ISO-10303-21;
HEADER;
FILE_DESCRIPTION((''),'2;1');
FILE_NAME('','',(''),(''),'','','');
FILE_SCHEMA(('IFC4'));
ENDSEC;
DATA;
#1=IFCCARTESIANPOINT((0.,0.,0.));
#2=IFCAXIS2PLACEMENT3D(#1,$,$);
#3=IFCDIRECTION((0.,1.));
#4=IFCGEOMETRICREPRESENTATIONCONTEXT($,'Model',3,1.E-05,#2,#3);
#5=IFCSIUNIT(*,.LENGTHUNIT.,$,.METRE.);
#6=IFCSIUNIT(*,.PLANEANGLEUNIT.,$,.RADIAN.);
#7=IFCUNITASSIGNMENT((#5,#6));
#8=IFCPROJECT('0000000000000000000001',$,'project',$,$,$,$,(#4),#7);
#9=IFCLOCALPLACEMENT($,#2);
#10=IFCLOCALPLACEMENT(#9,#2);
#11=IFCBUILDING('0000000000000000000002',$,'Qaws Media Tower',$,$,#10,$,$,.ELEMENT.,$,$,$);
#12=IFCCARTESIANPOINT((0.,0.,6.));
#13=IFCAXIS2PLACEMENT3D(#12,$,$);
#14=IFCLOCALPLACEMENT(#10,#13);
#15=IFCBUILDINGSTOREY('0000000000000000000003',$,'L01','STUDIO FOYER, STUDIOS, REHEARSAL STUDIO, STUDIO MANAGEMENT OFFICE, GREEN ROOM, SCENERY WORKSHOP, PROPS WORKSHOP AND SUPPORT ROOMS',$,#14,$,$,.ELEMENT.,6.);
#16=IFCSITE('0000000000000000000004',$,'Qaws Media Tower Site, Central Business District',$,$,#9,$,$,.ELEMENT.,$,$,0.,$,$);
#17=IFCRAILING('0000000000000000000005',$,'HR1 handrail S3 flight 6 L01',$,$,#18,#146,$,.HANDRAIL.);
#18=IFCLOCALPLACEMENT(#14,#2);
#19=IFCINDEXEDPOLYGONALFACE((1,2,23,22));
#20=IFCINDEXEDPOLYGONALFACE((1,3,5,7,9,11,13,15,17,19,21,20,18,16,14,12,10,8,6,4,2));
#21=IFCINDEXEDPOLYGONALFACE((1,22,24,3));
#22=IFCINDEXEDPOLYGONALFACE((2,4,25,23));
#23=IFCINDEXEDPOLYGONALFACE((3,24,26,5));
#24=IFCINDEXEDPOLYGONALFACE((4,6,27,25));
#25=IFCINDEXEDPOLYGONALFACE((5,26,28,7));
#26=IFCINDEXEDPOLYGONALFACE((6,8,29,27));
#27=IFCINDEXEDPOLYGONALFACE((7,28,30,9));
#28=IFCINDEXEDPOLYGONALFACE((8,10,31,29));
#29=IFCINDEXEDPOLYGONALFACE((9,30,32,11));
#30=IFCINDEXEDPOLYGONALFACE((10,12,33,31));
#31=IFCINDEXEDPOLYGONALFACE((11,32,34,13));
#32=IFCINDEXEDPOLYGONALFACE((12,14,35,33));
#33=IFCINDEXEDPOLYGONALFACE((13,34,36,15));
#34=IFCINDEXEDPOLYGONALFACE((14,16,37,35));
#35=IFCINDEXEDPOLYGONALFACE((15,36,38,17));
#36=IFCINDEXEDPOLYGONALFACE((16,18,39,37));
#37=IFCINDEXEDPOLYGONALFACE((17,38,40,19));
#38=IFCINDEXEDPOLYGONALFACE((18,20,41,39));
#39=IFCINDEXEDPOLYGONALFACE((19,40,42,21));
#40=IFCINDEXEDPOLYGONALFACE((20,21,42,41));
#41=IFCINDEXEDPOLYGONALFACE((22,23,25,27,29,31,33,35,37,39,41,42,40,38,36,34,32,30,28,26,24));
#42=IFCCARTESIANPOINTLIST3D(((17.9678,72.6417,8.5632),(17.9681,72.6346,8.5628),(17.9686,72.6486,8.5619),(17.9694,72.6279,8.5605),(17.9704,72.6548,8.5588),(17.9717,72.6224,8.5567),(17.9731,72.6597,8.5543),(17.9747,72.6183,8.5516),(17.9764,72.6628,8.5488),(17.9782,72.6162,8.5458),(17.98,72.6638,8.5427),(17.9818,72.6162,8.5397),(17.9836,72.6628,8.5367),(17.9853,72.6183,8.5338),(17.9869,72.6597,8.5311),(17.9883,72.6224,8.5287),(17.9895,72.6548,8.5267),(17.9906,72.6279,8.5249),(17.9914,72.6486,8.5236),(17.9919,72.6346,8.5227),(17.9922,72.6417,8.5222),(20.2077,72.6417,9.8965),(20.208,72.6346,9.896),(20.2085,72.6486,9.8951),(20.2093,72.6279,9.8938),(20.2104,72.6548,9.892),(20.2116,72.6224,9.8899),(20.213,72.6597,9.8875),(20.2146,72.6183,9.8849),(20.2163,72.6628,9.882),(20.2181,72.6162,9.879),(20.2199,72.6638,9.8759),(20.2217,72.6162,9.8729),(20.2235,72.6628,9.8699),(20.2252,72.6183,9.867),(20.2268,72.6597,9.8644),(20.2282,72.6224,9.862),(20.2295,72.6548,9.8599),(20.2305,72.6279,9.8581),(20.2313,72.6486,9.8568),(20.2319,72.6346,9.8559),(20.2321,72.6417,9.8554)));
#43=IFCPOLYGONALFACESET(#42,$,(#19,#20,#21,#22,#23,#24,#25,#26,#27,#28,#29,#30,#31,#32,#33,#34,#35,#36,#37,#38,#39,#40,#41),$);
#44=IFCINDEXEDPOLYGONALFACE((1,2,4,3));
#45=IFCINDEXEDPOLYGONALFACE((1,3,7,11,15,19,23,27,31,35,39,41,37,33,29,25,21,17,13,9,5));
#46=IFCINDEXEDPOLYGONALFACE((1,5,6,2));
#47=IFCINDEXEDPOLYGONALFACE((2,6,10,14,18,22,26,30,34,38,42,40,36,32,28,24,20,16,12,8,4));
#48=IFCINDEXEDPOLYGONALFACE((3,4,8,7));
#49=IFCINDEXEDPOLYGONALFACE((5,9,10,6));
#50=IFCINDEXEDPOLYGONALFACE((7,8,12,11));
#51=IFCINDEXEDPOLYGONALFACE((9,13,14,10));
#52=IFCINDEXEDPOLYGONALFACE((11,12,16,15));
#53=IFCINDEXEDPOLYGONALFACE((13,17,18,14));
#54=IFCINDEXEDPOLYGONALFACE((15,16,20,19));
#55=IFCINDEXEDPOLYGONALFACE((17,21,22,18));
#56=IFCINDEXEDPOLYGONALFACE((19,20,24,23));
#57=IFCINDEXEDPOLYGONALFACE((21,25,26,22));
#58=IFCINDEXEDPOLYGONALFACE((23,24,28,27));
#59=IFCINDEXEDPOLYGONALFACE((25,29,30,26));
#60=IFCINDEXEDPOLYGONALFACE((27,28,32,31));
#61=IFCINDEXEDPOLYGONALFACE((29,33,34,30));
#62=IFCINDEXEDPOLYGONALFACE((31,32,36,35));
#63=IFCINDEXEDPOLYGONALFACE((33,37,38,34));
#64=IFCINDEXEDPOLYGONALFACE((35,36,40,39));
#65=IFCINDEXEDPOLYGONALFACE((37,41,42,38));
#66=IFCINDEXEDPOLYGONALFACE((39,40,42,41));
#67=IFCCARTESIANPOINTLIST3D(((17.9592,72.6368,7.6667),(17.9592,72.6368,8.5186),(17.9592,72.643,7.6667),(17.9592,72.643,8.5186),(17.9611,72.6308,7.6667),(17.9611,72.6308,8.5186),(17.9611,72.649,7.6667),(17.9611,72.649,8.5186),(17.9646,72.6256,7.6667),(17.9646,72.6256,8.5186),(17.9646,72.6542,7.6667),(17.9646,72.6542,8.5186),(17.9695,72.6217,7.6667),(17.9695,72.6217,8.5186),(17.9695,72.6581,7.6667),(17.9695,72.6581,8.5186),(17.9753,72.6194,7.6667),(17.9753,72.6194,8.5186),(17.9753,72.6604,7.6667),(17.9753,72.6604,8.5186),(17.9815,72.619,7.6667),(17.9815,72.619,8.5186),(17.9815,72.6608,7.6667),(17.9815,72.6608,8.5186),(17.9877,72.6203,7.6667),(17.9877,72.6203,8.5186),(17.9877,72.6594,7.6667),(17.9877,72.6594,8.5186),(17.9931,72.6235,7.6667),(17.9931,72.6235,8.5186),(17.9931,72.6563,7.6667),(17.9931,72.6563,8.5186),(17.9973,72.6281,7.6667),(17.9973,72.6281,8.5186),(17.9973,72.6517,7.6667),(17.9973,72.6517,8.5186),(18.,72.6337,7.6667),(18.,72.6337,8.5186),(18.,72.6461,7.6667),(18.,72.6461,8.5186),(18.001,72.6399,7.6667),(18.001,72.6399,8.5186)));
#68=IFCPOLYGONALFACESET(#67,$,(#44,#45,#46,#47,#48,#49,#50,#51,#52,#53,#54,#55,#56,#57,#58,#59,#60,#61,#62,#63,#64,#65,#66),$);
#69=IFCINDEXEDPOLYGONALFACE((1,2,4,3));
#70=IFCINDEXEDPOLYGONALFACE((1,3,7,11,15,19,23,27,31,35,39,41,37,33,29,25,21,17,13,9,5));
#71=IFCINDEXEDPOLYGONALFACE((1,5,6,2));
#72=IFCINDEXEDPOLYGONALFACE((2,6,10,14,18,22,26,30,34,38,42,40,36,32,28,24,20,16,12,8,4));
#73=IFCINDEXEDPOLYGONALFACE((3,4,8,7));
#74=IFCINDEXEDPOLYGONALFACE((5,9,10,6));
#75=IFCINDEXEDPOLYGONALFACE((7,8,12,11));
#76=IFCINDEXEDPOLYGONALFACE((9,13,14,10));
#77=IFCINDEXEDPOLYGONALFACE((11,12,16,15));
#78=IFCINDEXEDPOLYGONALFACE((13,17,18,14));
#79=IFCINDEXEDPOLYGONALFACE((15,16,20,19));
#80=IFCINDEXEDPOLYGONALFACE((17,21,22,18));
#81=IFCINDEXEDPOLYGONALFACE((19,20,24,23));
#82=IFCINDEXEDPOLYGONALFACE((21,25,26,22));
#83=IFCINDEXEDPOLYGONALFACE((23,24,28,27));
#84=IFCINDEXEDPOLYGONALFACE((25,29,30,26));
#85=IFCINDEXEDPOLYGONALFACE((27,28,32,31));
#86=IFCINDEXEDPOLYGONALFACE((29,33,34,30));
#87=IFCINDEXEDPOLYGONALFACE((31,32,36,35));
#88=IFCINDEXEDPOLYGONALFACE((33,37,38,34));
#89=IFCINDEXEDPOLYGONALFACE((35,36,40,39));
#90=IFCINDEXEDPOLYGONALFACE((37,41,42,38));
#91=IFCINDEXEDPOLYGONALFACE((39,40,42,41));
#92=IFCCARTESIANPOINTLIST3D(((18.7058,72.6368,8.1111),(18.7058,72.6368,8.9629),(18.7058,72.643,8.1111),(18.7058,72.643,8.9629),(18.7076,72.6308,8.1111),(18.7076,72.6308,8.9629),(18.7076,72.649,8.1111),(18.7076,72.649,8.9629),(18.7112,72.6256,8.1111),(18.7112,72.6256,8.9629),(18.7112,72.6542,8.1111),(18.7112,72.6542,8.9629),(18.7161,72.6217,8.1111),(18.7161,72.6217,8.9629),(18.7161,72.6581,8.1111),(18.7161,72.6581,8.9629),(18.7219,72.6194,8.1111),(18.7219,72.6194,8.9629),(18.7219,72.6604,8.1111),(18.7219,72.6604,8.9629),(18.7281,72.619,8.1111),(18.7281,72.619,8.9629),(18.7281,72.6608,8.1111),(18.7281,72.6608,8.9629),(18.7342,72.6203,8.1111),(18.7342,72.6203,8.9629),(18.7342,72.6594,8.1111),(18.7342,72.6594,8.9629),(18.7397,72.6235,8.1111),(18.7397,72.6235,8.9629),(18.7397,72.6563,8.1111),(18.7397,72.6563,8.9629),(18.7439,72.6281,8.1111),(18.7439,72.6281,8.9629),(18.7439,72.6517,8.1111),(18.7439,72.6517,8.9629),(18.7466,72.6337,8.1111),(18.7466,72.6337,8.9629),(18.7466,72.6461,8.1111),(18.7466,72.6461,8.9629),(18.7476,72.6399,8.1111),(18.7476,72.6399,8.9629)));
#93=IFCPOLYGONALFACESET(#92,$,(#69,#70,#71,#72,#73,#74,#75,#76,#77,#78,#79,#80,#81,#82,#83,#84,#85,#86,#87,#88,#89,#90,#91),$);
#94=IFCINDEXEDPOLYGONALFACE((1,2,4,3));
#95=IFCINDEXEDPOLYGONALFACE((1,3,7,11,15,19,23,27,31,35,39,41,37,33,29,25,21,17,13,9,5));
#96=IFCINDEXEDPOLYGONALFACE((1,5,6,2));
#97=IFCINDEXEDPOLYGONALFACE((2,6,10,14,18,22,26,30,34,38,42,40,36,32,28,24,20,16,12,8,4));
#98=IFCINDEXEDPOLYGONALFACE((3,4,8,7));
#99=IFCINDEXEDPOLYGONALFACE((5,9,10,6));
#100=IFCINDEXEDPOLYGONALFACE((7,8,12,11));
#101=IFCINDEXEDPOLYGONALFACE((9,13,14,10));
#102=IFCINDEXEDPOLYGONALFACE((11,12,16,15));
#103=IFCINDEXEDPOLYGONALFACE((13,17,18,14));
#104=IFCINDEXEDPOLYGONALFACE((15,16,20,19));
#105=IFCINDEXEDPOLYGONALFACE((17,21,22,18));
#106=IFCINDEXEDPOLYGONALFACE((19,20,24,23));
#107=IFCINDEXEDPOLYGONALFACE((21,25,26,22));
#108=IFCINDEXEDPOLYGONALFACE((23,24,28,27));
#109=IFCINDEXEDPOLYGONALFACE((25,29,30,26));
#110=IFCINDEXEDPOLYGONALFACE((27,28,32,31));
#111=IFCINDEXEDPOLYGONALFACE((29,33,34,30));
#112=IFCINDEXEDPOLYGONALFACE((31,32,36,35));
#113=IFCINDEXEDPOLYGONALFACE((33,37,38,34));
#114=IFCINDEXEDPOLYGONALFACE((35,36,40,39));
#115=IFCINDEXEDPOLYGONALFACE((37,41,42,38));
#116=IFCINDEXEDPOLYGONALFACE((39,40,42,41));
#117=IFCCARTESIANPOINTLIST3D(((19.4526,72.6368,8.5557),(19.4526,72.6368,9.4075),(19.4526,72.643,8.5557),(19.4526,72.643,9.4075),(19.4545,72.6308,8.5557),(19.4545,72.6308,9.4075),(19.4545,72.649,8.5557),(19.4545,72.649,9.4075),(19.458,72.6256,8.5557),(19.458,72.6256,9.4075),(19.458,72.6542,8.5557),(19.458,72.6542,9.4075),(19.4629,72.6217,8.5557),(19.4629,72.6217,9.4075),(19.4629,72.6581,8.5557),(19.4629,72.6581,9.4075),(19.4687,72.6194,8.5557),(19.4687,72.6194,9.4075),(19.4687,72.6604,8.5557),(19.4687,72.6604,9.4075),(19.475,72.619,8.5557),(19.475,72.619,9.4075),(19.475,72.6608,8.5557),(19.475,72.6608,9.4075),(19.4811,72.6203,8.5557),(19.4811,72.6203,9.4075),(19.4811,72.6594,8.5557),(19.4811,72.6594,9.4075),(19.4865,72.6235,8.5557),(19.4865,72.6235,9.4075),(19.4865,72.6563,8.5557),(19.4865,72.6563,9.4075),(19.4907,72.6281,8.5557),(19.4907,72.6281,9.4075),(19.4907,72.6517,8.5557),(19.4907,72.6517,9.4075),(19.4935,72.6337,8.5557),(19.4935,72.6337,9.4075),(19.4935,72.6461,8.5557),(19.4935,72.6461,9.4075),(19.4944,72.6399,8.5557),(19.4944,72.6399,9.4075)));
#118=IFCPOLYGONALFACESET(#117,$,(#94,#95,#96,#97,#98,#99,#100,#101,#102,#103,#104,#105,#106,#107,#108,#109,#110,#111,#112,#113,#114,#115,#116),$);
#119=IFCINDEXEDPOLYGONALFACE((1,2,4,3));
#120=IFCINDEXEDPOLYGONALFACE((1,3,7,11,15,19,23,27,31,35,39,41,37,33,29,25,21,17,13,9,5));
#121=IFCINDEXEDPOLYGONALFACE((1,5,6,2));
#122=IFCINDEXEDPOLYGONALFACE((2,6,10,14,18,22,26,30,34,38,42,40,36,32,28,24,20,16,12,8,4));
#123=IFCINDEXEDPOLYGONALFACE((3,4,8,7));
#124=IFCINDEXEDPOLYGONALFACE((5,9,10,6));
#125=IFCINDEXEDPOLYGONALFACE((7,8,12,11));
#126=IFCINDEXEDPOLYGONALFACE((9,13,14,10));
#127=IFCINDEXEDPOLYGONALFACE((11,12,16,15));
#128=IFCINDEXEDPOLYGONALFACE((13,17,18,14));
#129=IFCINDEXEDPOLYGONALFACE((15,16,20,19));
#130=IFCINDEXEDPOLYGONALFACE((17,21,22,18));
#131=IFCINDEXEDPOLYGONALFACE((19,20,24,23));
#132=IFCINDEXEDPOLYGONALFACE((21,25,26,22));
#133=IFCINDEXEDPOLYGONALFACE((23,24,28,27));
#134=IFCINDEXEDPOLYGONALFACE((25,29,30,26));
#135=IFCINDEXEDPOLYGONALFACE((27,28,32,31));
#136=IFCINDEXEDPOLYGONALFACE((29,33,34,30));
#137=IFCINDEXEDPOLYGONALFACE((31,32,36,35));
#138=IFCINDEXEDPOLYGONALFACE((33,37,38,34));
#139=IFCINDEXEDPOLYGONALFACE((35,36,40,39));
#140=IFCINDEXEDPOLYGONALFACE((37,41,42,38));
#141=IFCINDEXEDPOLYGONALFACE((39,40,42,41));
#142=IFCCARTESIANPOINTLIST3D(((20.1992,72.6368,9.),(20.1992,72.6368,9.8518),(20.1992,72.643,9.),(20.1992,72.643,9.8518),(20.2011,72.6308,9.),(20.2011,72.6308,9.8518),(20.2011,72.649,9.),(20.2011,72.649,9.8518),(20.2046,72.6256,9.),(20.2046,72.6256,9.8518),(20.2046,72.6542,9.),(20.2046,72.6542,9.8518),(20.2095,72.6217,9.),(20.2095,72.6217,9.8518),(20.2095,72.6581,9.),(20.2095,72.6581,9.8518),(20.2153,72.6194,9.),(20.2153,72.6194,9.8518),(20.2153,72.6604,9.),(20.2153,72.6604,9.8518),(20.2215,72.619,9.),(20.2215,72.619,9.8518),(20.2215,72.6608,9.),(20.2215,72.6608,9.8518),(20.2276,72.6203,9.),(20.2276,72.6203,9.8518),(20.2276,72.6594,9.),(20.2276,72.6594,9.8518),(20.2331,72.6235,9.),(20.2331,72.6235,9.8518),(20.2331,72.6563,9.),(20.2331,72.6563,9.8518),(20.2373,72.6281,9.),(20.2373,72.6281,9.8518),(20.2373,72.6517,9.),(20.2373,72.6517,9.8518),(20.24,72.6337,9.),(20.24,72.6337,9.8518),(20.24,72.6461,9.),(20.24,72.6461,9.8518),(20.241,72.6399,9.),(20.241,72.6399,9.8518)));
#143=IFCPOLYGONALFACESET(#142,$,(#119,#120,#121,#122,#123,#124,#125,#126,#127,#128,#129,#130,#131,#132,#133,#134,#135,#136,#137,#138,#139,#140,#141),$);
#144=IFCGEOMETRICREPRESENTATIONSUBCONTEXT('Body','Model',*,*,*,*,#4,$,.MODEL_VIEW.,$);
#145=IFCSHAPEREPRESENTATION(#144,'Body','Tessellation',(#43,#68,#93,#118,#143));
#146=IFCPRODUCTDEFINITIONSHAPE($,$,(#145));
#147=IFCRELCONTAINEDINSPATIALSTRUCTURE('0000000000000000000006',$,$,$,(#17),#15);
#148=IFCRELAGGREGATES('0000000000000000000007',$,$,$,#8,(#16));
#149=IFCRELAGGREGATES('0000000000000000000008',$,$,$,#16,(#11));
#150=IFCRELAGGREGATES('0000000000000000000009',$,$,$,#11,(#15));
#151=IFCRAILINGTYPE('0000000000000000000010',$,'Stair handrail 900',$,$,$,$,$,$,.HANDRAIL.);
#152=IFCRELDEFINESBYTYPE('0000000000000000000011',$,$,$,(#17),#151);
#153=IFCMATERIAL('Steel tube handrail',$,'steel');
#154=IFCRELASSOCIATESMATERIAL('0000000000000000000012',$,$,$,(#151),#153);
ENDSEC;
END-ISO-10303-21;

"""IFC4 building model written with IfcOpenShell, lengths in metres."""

from ifc_helpers import new_model, si_unit, direction, frame, origin, origin_2d, place, context, subcontext, project, spatial, circle, extrude, material, type_object, element, save


model = new_model("IFC4")

# Units and contexts
model_context = context("Model", 3, precision=1e-05, world=origin(), true_north=direction((0.0, 1.0)))
body_context = subcontext(model_context, "Body", "Model", "MODEL_VIEW")
ifc_project = project(units=[si_unit("LENGTHUNIT", "METRE"), si_unit("PLANEANGLEUNIT", "RADIAN")], contexts=[model_context])

# Site, building, storey
site_placement = place(None, origin())
site = spatial("IfcSite", under=ifc_project, at=site_placement, Name="Qaws Media Tower Site, Central Business District", CompositionType="ELEMENT", RefElevation=0.0)
building_placement = place(site_placement, origin())
building = spatial("IfcBuilding", under=site, at=building_placement, Name="Qaws Media Tower", CompositionType="ELEMENT")
storey_placement = place(building_placement, frame((0.0, 0.0, 6.0)))
storey = spatial("IfcBuildingStorey", under=building, at=storey_placement, Name="L01", Description="STUDIO FOYER, STUDIOS, REHEARSAL STUDIO, STUDIO MANAGEMENT OFFICE, GREEN ROOM, SCENERY WORKSHOP, PROPS WORKSHOP AND SUPPORT ROOMS", CompositionType="ELEMENT", Elevation=6.0)

# Railing
ifc_material_1 = material(Name="Steel tube handrail", Category="steel")
railing_type = type_object("IfcRailingType", Name="Stair handrail 900", PredefinedType="HANDRAIL", material=ifc_material_1)
for number, where, name in (
    (1, (17.98, 72.6399, 7.6667), "HR1 handrail S3 flight 6 L01"),
):
    element("IfcRailing", number, at=place(storey_placement, frame(where)), inside=storey, type_object=railing_type, Name=name, PredefinedType="HANDRAIL", context=body_context, shape_type="SweptSolid", body=[
        extrude(circle(Radius=0.0239, at=origin_2d()), frame((0.0, 0.0, 0.876), z_axis=(0.859306, 0.0, 0.511462), x_axis=(0.0, 1.0, 0.0)), (0.0, 0.0, 1.0), 2.6067),
        extrude(circle(Radius=0.021, at=origin_2d()), origin(), (0.0, 0.0, 1.0), 0.8518),
        extrude(circle(Radius=0.021, at=origin_2d()), frame((0.7466, 0.0, 0.4443)), (0.0, 0.0, 1.0), 0.8518),
        extrude(circle(Radius=0.021, at=origin_2d()), frame((1.4934, 0.0, 0.8889)), (0.0, 0.0, 1.0), 0.8518),
        extrude(circle(Radius=0.021, at=origin_2d()), frame((2.24, 0.0, 1.3333)), (0.0, 0.0, 1.0), 0.8518),
    ])

save(model, "model.ifc")
